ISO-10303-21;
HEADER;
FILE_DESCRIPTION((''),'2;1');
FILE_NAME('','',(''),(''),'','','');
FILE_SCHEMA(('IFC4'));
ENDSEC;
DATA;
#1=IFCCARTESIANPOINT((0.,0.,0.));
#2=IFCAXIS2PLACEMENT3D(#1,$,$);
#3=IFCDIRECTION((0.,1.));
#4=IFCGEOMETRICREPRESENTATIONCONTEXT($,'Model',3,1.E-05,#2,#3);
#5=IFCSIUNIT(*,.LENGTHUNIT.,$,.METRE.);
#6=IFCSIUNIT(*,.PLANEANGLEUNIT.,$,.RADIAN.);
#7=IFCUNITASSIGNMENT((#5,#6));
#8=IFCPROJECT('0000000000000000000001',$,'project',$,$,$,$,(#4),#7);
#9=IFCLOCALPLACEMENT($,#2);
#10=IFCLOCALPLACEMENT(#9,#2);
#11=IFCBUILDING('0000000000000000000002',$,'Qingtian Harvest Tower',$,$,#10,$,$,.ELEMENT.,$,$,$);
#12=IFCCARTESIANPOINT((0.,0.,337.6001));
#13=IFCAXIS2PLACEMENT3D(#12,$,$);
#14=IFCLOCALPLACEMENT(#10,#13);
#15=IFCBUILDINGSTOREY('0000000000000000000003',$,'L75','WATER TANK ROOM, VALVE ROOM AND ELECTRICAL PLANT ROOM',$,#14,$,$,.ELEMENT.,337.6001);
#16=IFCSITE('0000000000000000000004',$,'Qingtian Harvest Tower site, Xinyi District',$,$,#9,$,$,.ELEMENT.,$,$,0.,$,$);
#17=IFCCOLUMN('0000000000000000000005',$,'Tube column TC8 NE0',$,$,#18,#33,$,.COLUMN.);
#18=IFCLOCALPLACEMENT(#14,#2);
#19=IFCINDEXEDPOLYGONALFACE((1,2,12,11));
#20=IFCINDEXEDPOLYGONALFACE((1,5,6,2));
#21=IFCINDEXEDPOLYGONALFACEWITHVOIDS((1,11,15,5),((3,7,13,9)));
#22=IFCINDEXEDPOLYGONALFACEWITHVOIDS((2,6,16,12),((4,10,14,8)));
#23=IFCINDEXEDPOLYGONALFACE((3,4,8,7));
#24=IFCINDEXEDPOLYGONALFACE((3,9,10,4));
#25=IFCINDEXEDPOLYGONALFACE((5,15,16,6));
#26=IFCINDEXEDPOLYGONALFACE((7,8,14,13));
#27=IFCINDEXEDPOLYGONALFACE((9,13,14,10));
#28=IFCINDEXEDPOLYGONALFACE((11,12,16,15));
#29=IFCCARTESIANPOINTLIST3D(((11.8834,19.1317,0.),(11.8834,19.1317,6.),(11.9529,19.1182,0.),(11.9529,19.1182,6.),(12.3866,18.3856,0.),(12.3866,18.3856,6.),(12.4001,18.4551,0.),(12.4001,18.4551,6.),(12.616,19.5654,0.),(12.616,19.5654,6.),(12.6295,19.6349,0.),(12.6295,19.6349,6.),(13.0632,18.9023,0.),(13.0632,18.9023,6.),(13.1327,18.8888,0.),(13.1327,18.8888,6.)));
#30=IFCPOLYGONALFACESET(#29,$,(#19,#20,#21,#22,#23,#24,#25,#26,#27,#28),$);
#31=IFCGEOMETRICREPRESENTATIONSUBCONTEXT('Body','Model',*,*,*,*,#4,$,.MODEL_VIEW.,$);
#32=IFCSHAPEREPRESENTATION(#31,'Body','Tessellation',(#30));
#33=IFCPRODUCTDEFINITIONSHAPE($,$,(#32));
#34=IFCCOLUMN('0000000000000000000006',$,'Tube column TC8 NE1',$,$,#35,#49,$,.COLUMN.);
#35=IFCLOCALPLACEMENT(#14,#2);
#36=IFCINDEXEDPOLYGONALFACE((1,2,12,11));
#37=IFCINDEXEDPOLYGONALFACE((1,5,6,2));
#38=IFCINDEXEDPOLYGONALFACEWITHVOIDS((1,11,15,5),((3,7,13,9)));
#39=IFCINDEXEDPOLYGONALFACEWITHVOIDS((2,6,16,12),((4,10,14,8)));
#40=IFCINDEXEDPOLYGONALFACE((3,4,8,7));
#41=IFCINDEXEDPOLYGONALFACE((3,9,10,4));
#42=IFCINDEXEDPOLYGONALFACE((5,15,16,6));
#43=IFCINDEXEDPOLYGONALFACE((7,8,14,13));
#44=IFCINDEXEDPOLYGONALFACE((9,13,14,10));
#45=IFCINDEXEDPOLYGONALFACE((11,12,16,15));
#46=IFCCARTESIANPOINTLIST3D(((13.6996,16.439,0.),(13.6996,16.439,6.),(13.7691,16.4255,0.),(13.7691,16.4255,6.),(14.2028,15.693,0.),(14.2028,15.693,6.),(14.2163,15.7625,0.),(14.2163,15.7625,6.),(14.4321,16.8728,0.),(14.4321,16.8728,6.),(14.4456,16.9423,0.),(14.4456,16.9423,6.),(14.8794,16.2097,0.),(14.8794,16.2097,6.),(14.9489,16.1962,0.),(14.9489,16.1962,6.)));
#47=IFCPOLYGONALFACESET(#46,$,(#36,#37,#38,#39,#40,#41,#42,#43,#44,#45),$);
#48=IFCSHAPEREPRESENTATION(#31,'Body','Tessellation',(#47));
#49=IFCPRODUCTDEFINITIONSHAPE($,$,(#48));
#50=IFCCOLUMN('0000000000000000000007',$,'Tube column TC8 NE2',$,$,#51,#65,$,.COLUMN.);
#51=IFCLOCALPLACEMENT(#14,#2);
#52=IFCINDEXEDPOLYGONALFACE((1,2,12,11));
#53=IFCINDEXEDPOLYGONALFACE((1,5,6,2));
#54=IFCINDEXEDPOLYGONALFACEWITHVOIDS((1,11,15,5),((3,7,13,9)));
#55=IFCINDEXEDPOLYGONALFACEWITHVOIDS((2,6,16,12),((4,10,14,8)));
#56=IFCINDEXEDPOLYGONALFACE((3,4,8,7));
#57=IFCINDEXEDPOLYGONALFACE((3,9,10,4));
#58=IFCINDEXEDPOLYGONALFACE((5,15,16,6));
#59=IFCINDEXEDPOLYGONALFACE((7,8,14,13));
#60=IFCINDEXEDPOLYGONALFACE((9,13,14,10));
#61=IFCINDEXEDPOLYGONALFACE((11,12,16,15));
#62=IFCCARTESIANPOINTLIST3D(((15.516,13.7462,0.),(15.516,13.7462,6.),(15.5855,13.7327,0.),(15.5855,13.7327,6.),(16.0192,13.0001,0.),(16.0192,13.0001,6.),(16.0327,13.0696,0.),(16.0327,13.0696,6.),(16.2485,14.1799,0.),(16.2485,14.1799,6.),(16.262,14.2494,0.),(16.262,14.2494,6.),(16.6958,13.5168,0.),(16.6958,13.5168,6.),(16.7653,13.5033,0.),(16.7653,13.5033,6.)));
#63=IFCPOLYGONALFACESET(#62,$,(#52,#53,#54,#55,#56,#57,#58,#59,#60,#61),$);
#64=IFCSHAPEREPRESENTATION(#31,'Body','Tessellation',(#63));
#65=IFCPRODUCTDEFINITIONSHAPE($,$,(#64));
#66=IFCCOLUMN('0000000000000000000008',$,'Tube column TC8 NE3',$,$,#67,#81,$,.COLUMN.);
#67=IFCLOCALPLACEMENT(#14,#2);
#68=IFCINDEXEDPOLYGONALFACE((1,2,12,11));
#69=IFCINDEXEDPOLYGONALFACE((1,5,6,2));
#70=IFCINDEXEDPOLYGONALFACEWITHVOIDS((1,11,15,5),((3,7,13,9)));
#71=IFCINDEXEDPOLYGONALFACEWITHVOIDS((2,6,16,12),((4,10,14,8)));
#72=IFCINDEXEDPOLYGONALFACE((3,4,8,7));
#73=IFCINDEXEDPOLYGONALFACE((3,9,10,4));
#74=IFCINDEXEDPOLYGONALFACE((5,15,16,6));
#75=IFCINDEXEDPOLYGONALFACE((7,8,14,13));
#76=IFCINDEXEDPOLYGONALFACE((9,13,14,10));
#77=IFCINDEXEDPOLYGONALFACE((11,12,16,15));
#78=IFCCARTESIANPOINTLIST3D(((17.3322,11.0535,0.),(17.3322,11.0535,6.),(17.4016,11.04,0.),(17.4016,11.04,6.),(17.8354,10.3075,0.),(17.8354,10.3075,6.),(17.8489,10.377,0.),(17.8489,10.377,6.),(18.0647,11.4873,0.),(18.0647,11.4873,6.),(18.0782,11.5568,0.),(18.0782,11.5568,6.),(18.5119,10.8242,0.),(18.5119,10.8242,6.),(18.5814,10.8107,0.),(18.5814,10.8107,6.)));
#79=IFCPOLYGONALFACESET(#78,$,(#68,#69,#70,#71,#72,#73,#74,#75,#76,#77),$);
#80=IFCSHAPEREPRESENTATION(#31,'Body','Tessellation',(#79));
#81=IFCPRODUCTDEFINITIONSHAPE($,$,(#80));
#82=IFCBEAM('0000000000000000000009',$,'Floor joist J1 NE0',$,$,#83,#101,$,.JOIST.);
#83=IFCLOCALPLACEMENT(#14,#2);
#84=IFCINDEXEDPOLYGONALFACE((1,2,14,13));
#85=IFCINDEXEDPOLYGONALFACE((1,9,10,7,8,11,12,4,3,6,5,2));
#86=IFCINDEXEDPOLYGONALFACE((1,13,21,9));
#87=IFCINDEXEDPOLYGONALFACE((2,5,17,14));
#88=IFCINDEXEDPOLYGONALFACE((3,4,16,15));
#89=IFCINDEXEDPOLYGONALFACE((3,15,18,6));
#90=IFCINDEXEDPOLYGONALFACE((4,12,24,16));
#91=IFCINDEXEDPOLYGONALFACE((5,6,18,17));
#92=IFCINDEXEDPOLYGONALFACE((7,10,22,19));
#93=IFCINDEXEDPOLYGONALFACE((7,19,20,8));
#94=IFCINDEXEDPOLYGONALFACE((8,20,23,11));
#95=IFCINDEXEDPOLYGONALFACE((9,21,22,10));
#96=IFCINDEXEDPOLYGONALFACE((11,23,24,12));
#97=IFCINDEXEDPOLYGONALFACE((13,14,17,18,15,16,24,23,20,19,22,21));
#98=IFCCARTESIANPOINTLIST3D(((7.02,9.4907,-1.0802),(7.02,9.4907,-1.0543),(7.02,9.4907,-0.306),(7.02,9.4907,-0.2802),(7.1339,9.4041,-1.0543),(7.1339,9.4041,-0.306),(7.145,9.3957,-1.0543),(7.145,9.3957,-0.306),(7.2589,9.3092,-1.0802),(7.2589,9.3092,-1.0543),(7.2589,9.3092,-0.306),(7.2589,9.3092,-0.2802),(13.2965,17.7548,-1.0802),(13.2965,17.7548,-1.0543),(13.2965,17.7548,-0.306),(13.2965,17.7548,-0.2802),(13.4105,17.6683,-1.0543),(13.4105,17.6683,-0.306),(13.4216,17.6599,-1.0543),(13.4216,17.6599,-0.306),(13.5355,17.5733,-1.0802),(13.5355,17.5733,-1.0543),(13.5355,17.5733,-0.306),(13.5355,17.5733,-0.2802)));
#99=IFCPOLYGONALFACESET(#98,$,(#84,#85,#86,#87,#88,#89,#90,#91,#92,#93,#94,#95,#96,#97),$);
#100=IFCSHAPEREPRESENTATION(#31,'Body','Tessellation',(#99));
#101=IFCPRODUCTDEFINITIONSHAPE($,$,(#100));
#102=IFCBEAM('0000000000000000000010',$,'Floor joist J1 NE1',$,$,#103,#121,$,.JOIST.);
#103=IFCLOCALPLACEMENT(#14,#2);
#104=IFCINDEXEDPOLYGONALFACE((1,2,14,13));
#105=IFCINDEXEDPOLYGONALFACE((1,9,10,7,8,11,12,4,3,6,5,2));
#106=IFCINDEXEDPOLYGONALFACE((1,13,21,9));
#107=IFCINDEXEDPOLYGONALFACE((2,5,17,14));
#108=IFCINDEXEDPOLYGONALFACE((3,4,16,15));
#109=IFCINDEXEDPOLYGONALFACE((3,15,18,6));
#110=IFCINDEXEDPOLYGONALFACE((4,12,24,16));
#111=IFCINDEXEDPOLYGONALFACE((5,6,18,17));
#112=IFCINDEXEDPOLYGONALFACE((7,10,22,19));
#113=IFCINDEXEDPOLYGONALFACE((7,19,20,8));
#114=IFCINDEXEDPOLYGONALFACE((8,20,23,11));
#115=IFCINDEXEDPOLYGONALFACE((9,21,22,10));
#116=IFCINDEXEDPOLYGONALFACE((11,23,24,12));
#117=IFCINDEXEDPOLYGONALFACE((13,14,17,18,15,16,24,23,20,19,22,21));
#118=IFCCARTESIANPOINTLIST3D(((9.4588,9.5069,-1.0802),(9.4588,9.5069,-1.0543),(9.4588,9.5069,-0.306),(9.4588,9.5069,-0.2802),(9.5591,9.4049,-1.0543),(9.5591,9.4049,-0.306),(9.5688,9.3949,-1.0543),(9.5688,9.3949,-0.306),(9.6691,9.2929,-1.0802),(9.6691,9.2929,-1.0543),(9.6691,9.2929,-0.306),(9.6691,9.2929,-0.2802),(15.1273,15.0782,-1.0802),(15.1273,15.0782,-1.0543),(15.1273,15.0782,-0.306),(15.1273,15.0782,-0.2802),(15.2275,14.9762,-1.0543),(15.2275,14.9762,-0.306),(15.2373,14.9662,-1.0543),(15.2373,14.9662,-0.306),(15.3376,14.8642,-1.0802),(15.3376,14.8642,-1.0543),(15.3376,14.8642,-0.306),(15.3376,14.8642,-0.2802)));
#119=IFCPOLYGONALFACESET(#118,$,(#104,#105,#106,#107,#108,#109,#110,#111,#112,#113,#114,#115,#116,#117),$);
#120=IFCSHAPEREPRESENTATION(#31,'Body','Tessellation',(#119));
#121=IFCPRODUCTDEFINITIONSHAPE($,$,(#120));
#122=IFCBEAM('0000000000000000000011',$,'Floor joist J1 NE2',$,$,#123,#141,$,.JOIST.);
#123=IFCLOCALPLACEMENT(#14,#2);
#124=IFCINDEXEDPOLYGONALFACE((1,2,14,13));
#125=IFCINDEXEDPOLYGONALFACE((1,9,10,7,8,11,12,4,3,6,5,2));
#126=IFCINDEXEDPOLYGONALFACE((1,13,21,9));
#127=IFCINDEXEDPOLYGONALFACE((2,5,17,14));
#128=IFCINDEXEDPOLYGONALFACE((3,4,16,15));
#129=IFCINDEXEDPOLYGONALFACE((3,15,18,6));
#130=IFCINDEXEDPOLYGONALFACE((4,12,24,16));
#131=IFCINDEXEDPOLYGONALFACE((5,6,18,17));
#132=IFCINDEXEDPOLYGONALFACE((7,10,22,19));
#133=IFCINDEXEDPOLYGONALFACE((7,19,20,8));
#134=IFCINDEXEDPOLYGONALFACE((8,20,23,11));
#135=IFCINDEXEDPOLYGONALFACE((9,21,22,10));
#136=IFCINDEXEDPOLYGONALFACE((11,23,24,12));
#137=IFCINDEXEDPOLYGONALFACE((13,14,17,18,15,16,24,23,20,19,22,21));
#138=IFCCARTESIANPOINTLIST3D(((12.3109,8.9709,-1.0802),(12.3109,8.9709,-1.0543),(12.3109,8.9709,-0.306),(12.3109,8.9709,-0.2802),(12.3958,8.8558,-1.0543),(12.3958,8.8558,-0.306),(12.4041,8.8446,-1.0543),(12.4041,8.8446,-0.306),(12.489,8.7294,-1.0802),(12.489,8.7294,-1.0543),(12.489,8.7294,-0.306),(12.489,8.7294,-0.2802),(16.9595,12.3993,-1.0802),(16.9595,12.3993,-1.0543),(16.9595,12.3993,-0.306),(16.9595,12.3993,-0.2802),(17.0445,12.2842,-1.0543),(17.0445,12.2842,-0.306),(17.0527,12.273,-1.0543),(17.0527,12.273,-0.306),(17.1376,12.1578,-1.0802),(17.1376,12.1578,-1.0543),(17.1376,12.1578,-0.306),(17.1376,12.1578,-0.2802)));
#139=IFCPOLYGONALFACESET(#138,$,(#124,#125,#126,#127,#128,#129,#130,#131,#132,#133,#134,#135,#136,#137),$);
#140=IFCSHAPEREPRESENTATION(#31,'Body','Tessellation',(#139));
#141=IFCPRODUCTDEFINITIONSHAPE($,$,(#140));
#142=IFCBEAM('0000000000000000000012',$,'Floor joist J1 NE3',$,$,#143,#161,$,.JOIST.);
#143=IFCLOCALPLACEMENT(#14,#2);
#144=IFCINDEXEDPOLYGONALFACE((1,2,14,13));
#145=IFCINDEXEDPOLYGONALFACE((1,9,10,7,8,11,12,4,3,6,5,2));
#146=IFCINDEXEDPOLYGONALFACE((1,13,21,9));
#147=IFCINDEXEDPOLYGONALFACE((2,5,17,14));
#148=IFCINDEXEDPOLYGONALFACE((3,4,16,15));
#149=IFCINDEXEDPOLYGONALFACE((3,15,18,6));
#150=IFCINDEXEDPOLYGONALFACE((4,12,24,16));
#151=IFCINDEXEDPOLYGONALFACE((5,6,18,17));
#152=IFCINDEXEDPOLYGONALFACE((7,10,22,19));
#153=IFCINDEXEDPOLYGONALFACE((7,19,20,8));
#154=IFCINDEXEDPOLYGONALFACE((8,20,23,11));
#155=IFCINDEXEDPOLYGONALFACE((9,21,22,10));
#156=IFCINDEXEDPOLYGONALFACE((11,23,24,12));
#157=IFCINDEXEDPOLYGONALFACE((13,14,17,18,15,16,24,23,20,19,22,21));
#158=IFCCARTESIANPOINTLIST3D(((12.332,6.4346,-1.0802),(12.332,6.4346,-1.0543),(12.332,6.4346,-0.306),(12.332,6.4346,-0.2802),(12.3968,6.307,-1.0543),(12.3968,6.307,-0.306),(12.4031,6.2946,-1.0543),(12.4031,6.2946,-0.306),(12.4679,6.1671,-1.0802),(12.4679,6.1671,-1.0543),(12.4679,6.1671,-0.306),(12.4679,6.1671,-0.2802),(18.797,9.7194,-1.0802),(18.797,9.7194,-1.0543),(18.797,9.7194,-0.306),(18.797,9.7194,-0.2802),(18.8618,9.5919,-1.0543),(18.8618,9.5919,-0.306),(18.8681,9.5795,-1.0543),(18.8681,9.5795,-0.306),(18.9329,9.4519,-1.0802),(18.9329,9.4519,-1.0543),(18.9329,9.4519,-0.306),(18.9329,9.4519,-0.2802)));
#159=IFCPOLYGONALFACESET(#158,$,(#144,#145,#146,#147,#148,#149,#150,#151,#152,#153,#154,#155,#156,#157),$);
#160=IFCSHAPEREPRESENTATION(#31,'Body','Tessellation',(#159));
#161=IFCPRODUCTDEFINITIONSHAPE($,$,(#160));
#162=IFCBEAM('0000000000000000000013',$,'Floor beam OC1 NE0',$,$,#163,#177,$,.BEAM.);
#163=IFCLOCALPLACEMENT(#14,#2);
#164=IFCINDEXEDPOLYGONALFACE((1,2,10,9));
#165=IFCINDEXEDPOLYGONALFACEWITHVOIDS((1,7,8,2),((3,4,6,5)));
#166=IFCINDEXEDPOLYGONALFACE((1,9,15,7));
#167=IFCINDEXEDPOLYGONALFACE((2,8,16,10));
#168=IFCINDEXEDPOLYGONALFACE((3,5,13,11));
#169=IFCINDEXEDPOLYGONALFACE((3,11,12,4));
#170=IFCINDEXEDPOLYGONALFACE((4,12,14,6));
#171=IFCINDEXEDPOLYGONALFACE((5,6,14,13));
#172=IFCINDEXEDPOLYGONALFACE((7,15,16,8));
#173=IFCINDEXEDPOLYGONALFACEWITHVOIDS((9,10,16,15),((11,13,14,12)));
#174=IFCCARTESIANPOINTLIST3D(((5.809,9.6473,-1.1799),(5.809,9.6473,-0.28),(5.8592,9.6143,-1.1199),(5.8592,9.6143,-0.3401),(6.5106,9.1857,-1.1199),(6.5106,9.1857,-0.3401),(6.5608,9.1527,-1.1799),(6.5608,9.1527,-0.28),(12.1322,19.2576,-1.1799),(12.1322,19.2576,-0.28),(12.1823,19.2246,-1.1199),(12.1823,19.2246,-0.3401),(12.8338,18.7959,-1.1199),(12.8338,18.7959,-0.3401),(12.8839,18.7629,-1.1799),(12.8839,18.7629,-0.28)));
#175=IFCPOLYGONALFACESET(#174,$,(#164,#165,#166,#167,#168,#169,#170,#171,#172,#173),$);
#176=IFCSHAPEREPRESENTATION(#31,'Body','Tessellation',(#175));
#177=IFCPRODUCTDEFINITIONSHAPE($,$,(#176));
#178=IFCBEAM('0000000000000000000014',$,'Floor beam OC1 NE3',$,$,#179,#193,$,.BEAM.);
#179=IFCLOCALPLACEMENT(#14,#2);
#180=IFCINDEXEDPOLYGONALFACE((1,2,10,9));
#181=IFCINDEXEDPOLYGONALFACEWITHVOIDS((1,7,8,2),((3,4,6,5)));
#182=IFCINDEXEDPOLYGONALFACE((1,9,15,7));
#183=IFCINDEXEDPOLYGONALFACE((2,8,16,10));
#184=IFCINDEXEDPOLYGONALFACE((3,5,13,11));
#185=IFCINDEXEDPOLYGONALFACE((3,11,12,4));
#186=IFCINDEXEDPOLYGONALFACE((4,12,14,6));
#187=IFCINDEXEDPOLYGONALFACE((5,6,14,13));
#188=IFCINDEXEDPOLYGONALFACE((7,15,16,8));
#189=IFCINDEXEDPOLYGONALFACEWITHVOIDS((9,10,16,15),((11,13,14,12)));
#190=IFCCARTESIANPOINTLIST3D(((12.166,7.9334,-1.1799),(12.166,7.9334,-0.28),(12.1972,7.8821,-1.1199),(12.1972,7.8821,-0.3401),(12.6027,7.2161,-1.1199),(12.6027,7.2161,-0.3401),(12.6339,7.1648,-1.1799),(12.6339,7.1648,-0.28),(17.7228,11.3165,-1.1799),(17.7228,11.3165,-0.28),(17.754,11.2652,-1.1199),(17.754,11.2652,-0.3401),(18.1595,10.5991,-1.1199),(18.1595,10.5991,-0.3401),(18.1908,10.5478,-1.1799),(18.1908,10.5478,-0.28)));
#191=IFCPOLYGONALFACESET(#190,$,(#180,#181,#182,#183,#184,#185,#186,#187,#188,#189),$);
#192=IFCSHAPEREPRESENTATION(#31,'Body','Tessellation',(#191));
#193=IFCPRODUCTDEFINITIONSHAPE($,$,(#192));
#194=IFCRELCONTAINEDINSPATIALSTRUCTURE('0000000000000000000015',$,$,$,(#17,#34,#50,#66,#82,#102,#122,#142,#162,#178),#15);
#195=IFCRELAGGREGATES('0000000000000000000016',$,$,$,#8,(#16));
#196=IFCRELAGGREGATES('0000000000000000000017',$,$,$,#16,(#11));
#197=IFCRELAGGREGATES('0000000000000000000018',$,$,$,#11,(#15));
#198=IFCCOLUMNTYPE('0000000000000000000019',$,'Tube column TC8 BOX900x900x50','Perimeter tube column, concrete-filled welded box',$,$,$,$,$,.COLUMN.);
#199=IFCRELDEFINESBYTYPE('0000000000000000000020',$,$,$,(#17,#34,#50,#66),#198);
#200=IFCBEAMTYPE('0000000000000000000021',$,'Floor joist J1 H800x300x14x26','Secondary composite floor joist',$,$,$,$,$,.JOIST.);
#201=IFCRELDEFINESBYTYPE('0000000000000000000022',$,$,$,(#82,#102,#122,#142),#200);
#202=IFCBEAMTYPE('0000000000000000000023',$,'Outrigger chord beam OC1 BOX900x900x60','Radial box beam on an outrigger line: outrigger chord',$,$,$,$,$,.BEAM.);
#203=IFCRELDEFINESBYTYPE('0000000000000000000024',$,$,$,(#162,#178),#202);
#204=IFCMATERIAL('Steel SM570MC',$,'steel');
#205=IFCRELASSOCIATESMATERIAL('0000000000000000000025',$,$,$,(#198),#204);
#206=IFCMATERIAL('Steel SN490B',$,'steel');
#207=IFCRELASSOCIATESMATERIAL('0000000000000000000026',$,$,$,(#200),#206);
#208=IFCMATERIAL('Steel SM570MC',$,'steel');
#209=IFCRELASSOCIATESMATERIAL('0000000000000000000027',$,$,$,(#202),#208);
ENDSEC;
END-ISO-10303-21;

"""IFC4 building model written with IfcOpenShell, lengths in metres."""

from ifc_helpers import new_model, si_unit, direction, frame, origin, origin_2d, place, context, subcontext, project, spatial, hollow_rectangle, i_section, extrude, material, material_profile, profile_set, type_object, element, save


model = new_model("IFC4")

# Units and contexts
model_context = context("Model", 3, precision=1e-05, world=origin(), true_north=direction((0.0, 1.0)))
body_context = subcontext(model_context, "Body", "Model", "MODEL_VIEW")
ifc_project = project(units=[si_unit("LENGTHUNIT", "METRE"), si_unit("PLANEANGLEUNIT", "RADIAN")], contexts=[model_context])

# Site, building, storey
site_placement = place(None, origin())
site = spatial("IfcSite", under=ifc_project, at=site_placement, Name="Qingtian Harvest Tower site, Xinyi District", CompositionType="ELEMENT", RefElevation=0.0)
building_placement = place(site_placement, origin())
building = spatial("IfcBuilding", under=site, at=building_placement, Name="Qingtian Harvest Tower", CompositionType="ELEMENT")
storey_placement = place(building_placement, frame((0.0, 0.0, 337.6001)))
storey = spatial("IfcBuildingStorey", under=building, at=storey_placement, Name="L75", Description="WATER TANK ROOM, VALVE ROOM AND ELECTRICAL PLANT ROOM", CompositionType="ELEMENT", Elevation=337.6001)

# Columns
ifc_material_1 = material(Name="Steel SM570MC", Category="steel")
ifc_material_profile_1 = material_profile(ifc_material_1, hollow_rectangle(XDim=0.8999, YDim=0.8999, WallThickness=0.05, at=origin_2d()), Name="BOX900x900x50")
ifc_profile_set_1 = profile_set([ifc_material_profile_1], Name="Steel SM570MC")
column_type = type_object("IfcColumnType", Name="Tube column TC8 BOX900x900x50", Description="Perimeter tube column, concrete-filled welded box", PredefinedType="COLUMN", material=ifc_profile_set_1)
for number, where, z_axis, x_axis, name in (
    (1, (12.5081, 19.0103, 0.0), (0.0, 0.0, 1.0), (-0.559193, 0.829038, 0.0), "Tube column TC8 NE0"),
    (2, (14.3242, 16.3176, 0.0), (0.0, 0.0, 1.0), (-0.559193, 0.829038, 0.0), "Tube column TC8 NE1"),
    (3, (16.1406, 13.6248, 0.0), (0.0, 0.0, 1.0), (-0.559193, 0.829038, 0.0), "Tube column TC8 NE2"),
    (4, (17.9568, 10.9321, 0.0), (0.0, 0.0, 1.0), (-0.559193, 0.829038, 0.0), "Tube column TC8 NE3"),
):
    element("IfcColumn", number, at=place(storey_placement, frame(where, z_axis=z_axis, x_axis=x_axis)), inside=storey, type_object=column_type, Name=name, PredefinedType="COLUMN", context=body_context, shape_type="SweptSolid", body=[
        extrude(hollow_rectangle(XDim=0.8999, YDim=0.8999, WallThickness=0.05, at=origin_2d()), origin(), (0.0, 0.0, 1.0), 6.0),
    ])

# Beams
ifc_material_2 = material(Name="Steel SN490B", Category="steel")
ifc_material_profile_2 = material_profile(ifc_material_2, i_section(OverallWidth=0.3, OverallDepth=0.8, WebThickness=0.0139, FlangeThickness=0.0259, at=origin_2d()), Name="H800x300x14x26")
ifc_profile_set_2 = profile_set([ifc_material_profile_2], Name="Steel SN490B")
beam_type_1 = type_object("IfcBeamType", Name="Floor joist J1 H800x300x14x26", Description="Secondary composite floor joist", PredefinedType="JOIST", material=ifc_profile_set_2)
beam_1_placement = place(storey_placement, frame((13.416, 17.6641, -0.6802), z_axis=(-0.60483, -0.796355, 0.0), x_axis=(0.796355, -0.60483, 0.0)))
element("IfcBeam", 5, at=beam_1_placement, inside=storey, type_object=beam_type_1, Name="Floor joist J1 NE0", PredefinedType="JOIST", context=body_context, shape_type="SweptSolid", body=[
    extrude(i_section(OverallWidth=0.3, OverallDepth=0.8, WebThickness=0.0139, FlangeThickness=0.0259, at=origin_2d()), origin(), (0.0, 0.0, 1.0), 10.3774),
])
beam_2_placement = place(storey_placement, frame((15.2324, 14.9712, -0.6802), z_axis=(-0.713193, -0.700968, 0.0), x_axis=(0.700968, -0.713193, 0.0)))
element("IfcBeam", 6, at=beam_2_placement, inside=storey, type_object=beam_type_1, Name="Floor joist J1 NE1", PredefinedType="JOIST", context=body_context, shape_type="SweptSolid", body=[
    extrude(i_section(OverallWidth=0.3, OverallDepth=0.8, WebThickness=0.0139, FlangeThickness=0.0259, at=origin_2d()), origin(), (0.0, 0.0, 1.0), 7.948),
])
beam_3_placement = place(storey_placement, frame((17.0486, 12.2786, -0.6802), z_axis=(-0.804798, -0.593549, 0.0), x_axis=(0.593549, -0.804798, 0.0)))
element("IfcBeam", 7, at=beam_3_placement, inside=storey, type_object=beam_type_1, Name="Floor joist J1 NE2", PredefinedType="JOIST", context=body_context, shape_type="SweptSolid", body=[
    extrude(i_section(OverallWidth=0.3, OverallDepth=0.8, WebThickness=0.0139, FlangeThickness=0.0259, at=origin_2d()), origin(), (0.0, 0.0, 1.0), 5.7761),
])
beam_4_placement = place(storey_placement, frame((18.865, 9.5857, -0.6802), z_axis=(-0.89152, -0.452981, 0.0), x_axis=(0.452981, -0.89152, 0.0)))
element("IfcBeam", 8, at=beam_4_placement, inside=storey, type_object=beam_type_1, Name="Floor joist J1 NE3", PredefinedType="JOIST", context=body_context, shape_type="SweptSolid", body=[
    extrude(i_section(OverallWidth=0.3, OverallDepth=0.8, WebThickness=0.0139, FlangeThickness=0.0259, at=origin_2d()), origin(), (0.0, 0.0, 1.0), 7.2517),
])
ifc_material_3 = material(Name="Steel SM570MC", Category="steel")
ifc_material_profile_3 = material_profile(ifc_material_3, hollow_rectangle(XDim=0.8999, YDim=0.8999, WallThickness=0.0601, at=origin_2d()), Name="BOX900x900x60")
ifc_profile_set_3 = profile_set([ifc_material_profile_3], Name="Steel SM570MC")
beam_type_2 = type_object("IfcBeamType", Name="Outrigger chord beam OC1 BOX900x900x60", Description="Radial box beam on an outrigger line: outrigger chord", PredefinedType="BEAM", material=ifc_profile_set_3)
beam_5_placement = place(storey_placement, frame((12.5081, 19.0103, -0.73), z_axis=(-0.549655, -0.835391, 0.0), x_axis=(0.835391, -0.549655, 0.0)))
element("IfcBeam", 9, at=beam_5_placement, inside=storey, type_object=beam_type_2, Name="Floor beam OC1 NE0", PredefinedType="BEAM", context=body_context, shape_type="SweptSolid", body=[
    extrude(hollow_rectangle(XDim=0.8999, YDim=0.8999, WallThickness=0.0601, at=origin_2d()), origin(), (0.0, 0.0, 1.0), 11.5039),
])
beam_6_placement = place(storey_placement, frame((17.9568, 10.9321, -0.73), z_axis=(-0.854157, -0.520015, 0.0), x_axis=(0.520015, -0.854157, 0.0)))
element("IfcBeam", 10, at=beam_6_placement, inside=storey, type_object=beam_type_2, Name="Floor beam OC1 NE3", PredefinedType="BEAM", context=body_context, shape_type="SweptSolid", body=[
    extrude(hollow_rectangle(XDim=0.8999, YDim=0.8999, WallThickness=0.0601, at=origin_2d()), origin(), (0.0, 0.0, 1.0), 6.5056),
])

save(model, "model.ifc")
